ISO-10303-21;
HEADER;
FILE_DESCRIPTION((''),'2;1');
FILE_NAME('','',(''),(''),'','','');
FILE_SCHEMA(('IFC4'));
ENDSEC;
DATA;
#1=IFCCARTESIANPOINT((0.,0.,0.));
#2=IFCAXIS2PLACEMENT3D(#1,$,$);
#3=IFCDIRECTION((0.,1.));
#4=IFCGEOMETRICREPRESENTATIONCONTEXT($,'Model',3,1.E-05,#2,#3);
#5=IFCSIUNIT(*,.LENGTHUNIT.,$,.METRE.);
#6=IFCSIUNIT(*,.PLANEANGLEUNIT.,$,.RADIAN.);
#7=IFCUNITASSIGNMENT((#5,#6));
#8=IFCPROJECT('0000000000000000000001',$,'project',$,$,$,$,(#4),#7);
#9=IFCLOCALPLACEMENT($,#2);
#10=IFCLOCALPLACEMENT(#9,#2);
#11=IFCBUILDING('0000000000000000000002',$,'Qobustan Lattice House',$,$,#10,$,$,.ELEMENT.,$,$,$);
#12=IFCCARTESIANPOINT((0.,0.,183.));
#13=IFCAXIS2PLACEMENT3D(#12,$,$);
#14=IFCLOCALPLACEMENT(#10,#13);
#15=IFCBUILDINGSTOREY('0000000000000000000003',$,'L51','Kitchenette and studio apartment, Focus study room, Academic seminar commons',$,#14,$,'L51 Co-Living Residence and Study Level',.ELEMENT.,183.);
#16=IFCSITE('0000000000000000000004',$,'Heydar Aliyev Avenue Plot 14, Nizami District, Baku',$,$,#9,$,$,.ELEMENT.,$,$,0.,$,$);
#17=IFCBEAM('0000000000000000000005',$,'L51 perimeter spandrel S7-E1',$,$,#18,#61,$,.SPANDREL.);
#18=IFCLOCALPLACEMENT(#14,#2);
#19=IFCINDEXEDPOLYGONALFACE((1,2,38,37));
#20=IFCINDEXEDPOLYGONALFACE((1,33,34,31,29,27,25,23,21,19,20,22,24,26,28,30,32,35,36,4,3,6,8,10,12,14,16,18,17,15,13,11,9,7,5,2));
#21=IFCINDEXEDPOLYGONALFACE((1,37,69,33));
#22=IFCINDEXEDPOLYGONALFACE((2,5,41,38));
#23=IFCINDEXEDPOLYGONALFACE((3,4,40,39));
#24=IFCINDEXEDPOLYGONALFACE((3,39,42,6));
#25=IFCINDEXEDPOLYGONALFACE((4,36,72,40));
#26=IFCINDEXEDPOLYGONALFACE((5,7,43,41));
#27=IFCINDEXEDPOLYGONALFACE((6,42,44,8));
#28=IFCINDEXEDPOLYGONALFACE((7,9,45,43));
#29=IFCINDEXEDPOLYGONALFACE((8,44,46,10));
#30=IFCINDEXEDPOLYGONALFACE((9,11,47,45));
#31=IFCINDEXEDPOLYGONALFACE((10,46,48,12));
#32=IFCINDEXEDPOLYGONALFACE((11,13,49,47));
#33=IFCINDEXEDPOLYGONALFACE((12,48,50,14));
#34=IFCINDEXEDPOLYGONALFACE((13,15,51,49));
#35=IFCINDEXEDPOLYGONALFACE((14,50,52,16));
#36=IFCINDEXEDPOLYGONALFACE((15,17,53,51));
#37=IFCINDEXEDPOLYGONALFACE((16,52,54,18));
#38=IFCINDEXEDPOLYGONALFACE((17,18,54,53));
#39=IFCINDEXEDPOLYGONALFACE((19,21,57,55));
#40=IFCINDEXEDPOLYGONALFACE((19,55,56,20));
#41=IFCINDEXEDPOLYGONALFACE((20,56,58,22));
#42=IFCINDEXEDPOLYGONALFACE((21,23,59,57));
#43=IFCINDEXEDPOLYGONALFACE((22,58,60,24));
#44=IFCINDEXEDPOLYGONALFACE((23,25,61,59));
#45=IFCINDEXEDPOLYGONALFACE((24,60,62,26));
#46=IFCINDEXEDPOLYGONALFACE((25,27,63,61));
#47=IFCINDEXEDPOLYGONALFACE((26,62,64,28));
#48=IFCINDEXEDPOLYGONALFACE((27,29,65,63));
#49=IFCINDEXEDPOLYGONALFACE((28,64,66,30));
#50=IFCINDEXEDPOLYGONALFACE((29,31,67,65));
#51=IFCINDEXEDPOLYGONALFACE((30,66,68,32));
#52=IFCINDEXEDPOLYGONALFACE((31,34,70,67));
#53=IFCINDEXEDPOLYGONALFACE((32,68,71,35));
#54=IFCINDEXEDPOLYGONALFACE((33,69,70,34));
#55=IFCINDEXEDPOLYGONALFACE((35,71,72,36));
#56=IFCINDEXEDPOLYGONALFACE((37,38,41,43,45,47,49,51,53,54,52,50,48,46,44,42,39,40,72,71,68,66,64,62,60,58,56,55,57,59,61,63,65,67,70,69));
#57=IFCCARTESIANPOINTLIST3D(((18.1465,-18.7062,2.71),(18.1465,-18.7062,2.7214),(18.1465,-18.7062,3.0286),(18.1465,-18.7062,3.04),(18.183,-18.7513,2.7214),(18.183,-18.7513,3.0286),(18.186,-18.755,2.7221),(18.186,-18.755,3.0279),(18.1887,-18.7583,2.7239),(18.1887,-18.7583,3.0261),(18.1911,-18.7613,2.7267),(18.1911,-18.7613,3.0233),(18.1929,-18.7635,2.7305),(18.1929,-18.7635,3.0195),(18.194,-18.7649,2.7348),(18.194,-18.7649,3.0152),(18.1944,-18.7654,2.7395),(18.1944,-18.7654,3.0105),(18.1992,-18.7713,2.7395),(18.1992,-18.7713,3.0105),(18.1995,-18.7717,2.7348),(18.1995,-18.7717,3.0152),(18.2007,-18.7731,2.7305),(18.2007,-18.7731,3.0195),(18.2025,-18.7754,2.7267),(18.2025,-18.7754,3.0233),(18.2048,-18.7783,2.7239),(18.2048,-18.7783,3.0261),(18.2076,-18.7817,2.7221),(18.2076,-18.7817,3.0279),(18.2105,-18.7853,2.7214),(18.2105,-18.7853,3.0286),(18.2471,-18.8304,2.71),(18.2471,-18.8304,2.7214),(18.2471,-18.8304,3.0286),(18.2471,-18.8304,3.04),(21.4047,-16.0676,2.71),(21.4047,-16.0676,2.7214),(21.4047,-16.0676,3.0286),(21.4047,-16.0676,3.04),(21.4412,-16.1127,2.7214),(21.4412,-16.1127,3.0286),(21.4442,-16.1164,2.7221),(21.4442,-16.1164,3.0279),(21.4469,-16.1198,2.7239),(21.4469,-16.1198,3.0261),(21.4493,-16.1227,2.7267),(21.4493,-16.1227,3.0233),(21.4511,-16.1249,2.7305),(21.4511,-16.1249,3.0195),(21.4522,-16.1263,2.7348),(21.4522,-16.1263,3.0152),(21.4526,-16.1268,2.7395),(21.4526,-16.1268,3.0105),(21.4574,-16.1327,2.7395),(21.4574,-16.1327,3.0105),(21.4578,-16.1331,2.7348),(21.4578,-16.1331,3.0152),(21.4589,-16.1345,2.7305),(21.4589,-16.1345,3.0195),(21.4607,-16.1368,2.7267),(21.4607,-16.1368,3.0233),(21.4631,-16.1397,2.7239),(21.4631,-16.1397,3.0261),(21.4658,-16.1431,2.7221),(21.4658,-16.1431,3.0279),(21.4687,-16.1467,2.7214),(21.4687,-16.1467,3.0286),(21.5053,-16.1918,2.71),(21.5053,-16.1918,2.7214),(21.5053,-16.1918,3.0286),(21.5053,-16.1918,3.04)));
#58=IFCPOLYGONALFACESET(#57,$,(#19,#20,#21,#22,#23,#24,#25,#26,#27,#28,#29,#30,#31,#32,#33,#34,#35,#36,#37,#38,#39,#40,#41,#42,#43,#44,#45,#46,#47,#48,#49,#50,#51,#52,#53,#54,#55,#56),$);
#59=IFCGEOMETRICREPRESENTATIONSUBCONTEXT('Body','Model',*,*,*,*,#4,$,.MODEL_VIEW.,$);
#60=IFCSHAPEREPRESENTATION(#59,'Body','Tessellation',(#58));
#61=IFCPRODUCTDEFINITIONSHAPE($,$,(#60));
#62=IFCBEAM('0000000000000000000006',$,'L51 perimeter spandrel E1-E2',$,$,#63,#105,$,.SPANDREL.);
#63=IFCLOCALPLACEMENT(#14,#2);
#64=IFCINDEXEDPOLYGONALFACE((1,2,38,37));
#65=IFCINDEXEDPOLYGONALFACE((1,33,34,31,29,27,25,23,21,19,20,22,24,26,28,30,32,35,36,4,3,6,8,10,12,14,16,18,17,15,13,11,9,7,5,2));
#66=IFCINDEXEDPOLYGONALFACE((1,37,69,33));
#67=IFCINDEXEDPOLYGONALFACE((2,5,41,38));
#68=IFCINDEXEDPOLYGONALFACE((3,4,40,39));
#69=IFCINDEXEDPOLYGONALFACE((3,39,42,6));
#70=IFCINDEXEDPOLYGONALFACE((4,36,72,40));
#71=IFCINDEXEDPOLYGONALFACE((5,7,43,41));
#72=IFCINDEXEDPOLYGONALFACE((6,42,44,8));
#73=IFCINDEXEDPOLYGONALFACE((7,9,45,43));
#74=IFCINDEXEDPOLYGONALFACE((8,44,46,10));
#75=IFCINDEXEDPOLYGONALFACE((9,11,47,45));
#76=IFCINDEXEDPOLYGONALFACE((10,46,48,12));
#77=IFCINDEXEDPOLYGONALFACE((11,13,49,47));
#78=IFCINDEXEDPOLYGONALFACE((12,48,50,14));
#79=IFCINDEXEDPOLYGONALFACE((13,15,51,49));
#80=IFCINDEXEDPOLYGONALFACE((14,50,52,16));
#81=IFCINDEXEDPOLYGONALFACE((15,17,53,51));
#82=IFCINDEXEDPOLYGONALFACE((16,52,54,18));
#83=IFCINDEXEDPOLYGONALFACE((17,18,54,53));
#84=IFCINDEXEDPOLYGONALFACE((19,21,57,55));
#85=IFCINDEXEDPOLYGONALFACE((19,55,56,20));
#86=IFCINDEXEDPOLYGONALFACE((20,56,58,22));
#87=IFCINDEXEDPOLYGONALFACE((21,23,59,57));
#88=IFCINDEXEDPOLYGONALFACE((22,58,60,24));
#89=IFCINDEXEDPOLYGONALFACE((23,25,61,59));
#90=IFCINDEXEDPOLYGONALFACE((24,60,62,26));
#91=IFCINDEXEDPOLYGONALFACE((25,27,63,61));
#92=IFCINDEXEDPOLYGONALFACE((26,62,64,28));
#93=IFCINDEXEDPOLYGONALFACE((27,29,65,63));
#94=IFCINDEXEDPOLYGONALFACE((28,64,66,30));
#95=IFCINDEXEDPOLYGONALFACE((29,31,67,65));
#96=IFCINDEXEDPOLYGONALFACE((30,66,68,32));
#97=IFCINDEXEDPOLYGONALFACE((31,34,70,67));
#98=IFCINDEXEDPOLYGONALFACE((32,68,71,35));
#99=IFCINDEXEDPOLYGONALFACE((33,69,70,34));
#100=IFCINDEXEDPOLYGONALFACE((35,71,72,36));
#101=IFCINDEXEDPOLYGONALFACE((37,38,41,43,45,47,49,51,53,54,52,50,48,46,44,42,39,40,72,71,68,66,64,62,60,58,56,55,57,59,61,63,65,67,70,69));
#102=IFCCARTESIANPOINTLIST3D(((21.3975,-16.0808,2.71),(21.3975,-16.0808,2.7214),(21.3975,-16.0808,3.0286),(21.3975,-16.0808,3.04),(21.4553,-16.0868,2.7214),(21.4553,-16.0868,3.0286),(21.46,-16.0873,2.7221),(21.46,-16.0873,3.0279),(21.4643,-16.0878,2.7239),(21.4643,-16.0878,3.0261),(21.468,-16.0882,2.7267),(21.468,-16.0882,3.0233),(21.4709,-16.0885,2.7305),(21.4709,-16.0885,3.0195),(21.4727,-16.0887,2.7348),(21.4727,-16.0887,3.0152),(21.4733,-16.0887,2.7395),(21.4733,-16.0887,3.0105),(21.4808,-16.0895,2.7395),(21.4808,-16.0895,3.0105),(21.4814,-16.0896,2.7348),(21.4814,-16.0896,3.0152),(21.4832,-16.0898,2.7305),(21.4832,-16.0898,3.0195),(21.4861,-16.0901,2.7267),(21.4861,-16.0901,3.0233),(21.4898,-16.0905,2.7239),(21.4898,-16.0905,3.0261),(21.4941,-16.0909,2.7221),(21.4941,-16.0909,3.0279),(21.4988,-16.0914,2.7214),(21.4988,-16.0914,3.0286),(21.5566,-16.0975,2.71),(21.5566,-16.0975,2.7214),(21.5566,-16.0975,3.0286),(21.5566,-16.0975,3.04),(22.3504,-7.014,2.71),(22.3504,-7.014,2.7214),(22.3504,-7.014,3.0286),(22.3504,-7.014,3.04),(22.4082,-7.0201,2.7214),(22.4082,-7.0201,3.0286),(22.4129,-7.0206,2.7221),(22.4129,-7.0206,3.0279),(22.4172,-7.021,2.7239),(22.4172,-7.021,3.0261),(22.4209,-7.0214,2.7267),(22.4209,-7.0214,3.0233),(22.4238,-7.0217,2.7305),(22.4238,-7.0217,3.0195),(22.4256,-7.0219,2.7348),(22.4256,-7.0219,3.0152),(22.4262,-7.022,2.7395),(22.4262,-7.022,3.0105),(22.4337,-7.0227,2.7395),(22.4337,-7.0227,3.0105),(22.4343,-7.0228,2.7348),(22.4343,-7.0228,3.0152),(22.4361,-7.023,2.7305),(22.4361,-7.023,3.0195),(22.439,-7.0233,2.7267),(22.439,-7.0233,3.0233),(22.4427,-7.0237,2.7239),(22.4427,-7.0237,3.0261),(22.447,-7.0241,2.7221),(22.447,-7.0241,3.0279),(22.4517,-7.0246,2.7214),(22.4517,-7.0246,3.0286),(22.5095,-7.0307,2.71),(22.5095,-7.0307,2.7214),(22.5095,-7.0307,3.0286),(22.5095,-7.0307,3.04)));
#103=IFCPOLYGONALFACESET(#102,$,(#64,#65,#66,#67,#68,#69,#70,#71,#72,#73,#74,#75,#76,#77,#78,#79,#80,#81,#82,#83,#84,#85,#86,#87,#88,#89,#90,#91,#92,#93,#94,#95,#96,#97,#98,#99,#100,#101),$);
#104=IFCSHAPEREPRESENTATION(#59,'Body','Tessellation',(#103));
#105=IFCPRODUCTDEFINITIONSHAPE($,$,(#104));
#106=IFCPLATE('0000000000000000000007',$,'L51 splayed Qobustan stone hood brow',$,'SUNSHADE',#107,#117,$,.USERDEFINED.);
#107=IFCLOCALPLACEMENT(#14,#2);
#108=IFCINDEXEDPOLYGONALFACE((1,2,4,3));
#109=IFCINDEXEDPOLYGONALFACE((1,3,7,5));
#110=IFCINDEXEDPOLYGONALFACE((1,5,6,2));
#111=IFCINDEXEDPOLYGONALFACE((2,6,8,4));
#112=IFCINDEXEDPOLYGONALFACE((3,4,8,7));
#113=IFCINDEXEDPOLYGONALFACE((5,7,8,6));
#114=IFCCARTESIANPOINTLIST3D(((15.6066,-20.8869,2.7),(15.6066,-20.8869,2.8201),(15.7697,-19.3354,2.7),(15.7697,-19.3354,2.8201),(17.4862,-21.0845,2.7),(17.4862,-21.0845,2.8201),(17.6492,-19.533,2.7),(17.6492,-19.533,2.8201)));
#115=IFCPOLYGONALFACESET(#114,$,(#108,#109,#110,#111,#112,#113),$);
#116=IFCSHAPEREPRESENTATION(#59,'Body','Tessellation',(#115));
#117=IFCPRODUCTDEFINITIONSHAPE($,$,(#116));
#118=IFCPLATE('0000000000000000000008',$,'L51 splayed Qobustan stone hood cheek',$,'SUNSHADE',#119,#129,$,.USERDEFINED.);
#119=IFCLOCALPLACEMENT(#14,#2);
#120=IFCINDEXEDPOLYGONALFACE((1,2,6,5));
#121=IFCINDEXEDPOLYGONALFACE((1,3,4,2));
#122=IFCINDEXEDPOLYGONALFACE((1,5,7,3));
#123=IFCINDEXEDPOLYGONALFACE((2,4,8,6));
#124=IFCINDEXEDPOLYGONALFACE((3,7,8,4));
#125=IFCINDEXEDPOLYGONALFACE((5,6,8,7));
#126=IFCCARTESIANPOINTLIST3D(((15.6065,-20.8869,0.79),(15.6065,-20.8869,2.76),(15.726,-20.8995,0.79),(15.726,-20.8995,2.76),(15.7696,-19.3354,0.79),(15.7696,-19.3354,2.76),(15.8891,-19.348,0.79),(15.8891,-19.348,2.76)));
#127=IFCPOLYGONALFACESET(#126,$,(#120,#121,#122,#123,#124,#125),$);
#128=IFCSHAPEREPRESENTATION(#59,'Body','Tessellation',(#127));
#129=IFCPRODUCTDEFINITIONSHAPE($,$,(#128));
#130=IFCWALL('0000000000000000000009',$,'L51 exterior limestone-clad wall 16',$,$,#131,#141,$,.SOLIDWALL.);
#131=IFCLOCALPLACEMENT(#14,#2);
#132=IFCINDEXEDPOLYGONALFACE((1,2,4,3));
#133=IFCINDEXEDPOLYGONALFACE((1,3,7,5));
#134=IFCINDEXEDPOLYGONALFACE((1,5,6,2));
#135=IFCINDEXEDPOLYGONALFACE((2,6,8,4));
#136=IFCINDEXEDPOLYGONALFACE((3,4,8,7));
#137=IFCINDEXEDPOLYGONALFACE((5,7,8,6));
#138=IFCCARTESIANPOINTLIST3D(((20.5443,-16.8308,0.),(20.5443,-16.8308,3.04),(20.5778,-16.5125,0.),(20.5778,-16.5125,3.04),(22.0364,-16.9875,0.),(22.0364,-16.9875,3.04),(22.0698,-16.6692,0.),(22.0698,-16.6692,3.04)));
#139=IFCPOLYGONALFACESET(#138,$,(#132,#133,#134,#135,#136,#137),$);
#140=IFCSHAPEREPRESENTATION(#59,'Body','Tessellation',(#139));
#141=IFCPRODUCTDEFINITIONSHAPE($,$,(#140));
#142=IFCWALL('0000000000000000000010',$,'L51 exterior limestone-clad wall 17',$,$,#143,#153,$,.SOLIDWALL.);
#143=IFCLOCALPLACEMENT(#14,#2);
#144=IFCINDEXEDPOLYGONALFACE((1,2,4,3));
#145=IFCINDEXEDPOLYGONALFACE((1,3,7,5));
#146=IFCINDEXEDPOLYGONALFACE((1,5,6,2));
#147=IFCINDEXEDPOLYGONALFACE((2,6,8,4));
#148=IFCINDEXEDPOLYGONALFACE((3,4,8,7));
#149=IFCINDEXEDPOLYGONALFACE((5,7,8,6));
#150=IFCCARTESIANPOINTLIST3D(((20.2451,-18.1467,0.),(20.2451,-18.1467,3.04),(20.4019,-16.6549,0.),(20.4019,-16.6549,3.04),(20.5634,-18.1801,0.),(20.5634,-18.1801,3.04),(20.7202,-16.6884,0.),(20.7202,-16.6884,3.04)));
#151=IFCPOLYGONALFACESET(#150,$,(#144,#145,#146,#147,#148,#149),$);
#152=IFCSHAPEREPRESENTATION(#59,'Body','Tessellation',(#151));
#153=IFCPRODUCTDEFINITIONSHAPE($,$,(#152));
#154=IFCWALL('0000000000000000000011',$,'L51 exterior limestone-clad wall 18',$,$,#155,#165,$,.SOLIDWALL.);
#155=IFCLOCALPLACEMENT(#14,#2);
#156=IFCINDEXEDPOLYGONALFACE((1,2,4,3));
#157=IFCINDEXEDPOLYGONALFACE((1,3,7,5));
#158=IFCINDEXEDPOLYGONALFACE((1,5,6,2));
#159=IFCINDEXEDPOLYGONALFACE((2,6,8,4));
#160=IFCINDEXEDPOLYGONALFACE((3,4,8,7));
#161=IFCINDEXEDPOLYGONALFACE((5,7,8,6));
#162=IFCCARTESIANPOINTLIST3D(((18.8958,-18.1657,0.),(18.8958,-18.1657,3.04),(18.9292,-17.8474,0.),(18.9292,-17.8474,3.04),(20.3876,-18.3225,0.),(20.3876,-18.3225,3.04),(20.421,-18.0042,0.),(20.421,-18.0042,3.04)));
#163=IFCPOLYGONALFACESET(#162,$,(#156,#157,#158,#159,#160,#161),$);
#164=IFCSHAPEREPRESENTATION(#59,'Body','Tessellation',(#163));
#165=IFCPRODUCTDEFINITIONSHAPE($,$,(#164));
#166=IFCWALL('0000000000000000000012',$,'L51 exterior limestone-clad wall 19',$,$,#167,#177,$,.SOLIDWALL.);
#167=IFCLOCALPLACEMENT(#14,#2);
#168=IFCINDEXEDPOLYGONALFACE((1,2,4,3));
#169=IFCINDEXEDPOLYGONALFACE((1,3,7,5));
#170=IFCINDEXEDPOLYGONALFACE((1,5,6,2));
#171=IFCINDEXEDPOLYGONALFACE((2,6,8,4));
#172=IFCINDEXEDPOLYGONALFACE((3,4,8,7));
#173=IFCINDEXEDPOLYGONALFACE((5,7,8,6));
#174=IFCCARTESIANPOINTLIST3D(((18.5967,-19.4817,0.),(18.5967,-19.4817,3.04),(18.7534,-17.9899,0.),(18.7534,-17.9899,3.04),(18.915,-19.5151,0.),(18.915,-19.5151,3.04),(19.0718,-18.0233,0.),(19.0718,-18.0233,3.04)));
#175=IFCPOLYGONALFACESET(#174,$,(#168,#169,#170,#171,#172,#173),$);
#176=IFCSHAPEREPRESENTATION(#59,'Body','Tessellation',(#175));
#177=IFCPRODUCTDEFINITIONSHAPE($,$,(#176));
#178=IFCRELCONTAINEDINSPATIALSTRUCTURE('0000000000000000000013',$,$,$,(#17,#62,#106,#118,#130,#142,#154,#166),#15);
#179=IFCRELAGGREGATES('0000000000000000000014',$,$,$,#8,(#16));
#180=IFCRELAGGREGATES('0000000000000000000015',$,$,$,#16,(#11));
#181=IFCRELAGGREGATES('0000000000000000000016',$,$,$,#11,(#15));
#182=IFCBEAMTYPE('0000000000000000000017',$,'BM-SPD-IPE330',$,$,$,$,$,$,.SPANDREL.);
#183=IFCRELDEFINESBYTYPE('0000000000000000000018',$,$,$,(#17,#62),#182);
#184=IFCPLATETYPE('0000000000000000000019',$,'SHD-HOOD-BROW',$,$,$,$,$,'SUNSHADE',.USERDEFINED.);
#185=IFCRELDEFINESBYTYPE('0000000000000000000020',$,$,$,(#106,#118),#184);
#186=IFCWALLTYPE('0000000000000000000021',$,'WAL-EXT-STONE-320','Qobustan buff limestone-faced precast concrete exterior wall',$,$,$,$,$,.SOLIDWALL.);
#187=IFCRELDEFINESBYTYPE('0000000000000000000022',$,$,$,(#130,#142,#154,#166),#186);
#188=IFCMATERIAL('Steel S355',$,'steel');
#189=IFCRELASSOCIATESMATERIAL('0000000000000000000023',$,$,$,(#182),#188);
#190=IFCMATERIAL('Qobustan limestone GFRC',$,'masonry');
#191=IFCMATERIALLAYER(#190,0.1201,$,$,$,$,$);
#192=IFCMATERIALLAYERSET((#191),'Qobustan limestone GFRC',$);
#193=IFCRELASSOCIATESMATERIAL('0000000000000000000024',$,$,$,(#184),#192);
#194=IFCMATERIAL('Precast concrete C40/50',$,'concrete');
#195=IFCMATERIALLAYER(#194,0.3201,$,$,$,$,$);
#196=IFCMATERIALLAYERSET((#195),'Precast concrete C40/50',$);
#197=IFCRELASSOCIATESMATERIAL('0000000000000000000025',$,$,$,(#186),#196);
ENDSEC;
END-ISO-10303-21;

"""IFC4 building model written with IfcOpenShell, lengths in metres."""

from ifc_helpers import new_model, si_unit, direction, frame, frame_2d, origin, origin_2d, place, context, subcontext, project, spatial, rectangle, i_section, extrude, material, layer, layer_set, material_profile, profile_set, type_object, element, save


model = new_model("IFC4")

# Units and contexts
model_context = context("Model", 3, precision=1e-05, world=origin(), true_north=direction((0.0, 1.0)))
body_context = subcontext(model_context, "Body", "Model", "MODEL_VIEW")
ifc_project = project(units=[si_unit("LENGTHUNIT", "METRE"), si_unit("PLANEANGLEUNIT", "RADIAN")], contexts=[model_context])

# Site, building, storey
site_placement = place(None, origin())
site = spatial("IfcSite", under=ifc_project, at=site_placement, Name="Heydar Aliyev Avenue Plot 14, Nizami District, Baku", CompositionType="ELEMENT", RefElevation=0.0)
building_placement = place(site_placement, origin())
building = spatial("IfcBuilding", under=site, at=building_placement, Name="Qobustan Lattice House", CompositionType="ELEMENT")
storey_placement = place(building_placement, frame((0.0, 0.0, 183.0)))
storey = spatial("IfcBuildingStorey", under=building, at=storey_placement, Name="L51", Description="Kitchenette and studio apartment, Focus study room, Academic seminar commons", LongName="L51 Co-Living Residence and Study Level", CompositionType="ELEMENT", Elevation=183.0)

# Beams
ifc_material_1 = material(Name="Steel S355", Category="steel")
ifc_material_profile_1 = material_profile(ifc_material_1, i_section(OverallWidth=0.1599, OverallDepth=0.3301, WebThickness=0.0076, FlangeThickness=0.0115, FilletRadius=0.0181, at=origin_2d()), Name="IPE330")
ifc_profile_set_1 = profile_set([ifc_material_profile_1], Name="Steel S355")
beam_type_1 = type_object("IfcBeamType", Name="BM-SPD-IPE330", PredefinedType="SPANDREL", material=ifc_profile_set_1)
beam_1_placement = place(storey_placement, frame((18.1968, -18.7683, 2.875), z_axis=(0.777128, 0.629342, 0.0), x_axis=(-0.629342, 0.777128, 0.0)))
element("IfcBeam", 1, at=beam_1_placement, inside=storey, type_object=beam_type_1, Name="L51 perimeter spandrel S7-E1", PredefinedType="SPANDREL", context=body_context, shape_type="SweptSolid", body=[
    extrude(i_section(OverallWidth=0.1599, OverallDepth=0.3301, WebThickness=0.0076, FlangeThickness=0.0115, FilletRadius=0.0181, at=origin_2d()), origin(), (0.0, 0.0, 1.0), 4.1926),
])
beam_2_placement = place(storey_placement, frame((21.4771, -16.0891, 2.875), z_axis=(0.104522, 0.994523, 0.0), x_axis=(-0.994523, 0.104522, 0.0)))
element("IfcBeam", 2, at=beam_2_placement, inside=storey, type_object=beam_type_1, Name="L51 perimeter spandrel E1-E2", PredefinedType="SPANDREL", context=body_context, shape_type="SweptSolid", body=[
    extrude(i_section(OverallWidth=0.1599, OverallDepth=0.3301, WebThickness=0.0076, FlangeThickness=0.0115, FilletRadius=0.0181, at=origin_2d()), origin(), (0.0, 0.0, 1.0), 9.1167),
])

# Plates
ifc_material_2 = material(Name="Qobustan limestone GFRC", Category="masonry")
ifc_layer_1 = layer(ifc_material_2, 0.1201)
ifc_layer_set_1 = layer_set([ifc_layer_1], Name="Qobustan limestone GFRC")
plate_type = type_object("IfcPlateType", Name="SHD-HOOD-BROW", ElementType="SUNSHADE", PredefinedType="USERDEFINED", material=ifc_layer_set_1)
plate_1_placement = place(storey_placement, frame((16.6279, -20.21, 2.7), z_axis=(0.0, 0.0, 1.0), x_axis=(-0.994522, 0.104528, 0.0)))
element("IfcPlate", 3, at=plate_1_placement, inside=storey, type_object=plate_type, Name="L51 splayed Qobustan stone hood brow", ObjectType="SUNSHADE", PredefinedType="USERDEFINED", context=body_context, shape_type="SweptSolid", body=[
    extrude(rectangle(XDim=1.8899, YDim=1.5601, at=origin_2d()), origin(), (0.0, 0.0, 1.0), 0.1201),
])
plate_2_placement = place(storey_placement, frame((15.7478, -20.1174, 0.79), z_axis=(0.0, 0.0, 1.0), x_axis=(-0.994522, 0.104528, 0.0)))
element("IfcPlate", 4, at=plate_2_placement, inside=storey, type_object=plate_type, Name="L51 splayed Qobustan stone hood cheek", ObjectType="SUNSHADE", PredefinedType="USERDEFINED", context=body_context, shape_type="SweptSolid", body=[
    extrude(rectangle(XDim=0.1201, YDim=1.5601, at=origin_2d()), origin(), (0.0, 0.0, 1.0), 1.97),
])

# Walls
ifc_material_3 = material(Name="Precast concrete C40/50", Category="concrete")
ifc_layer_2 = layer(ifc_material_3, 0.3201)
ifc_layer_set_2 = layer_set([ifc_layer_2], Name="Precast concrete C40/50")
wall_type_1 = type_object("IfcWallType", Name="WAL-EXT-STONE-320", Description="Qobustan buff limestone-faced precast concrete exterior wall", PredefinedType="SOLIDWALL", material=ifc_layer_set_2)
wall_1_placement = place(storey_placement, frame((22.053, -16.8284, 0.0), z_axis=(0.0, 0.0, 1.0), x_axis=(-0.994527, 0.104481, 0.0)))
element("IfcWall", 5, at=wall_1_placement, inside=storey, type_object=wall_type_1, Name="L51 exterior limestone-clad wall 16", PredefinedType="SOLIDWALL", context=body_context, shape_type="SweptSolid", body=[
    extrude(rectangle(XDim=1.5002, YDim=0.3201, at=frame_2d((0.75, 0.0))), origin(), (0.0, 0.0, 1.0), 3.04),
])
for number, where, z_axis, x_axis, name in (
    (6, (20.561, -16.6716, 0.0), (0.0, 0.0, 1.0), (-0.104498, -0.994525, 0.0), "L51 exterior limestone-clad wall 17"),
    (7, (20.4043, -18.1633, 0.0), (0.0, 0.0, 1.0), (-0.994525, 0.104498, 0.0), "L51 exterior limestone-clad wall 18"),
    (8, (18.9126, -18.0066, 0.0), (0.0, 0.0, 1.0), (-0.104498, -0.994525, 0.0), "L51 exterior limestone-clad wall 19"),
):
    element("IfcWall", number, at=place(storey_placement, frame(where, z_axis=z_axis, x_axis=x_axis)), inside=storey, type_object=wall_type_1, Name=name, PredefinedType="SOLIDWALL", context=body_context, shape_type="SweptSolid", body=[
        extrude(rectangle(XDim=1.5, YDim=0.3201, at=frame_2d((0.75, 0.0))), origin(), (0.0, 0.0, 1.0), 3.04),
    ])

save(model, "model.ifc")
